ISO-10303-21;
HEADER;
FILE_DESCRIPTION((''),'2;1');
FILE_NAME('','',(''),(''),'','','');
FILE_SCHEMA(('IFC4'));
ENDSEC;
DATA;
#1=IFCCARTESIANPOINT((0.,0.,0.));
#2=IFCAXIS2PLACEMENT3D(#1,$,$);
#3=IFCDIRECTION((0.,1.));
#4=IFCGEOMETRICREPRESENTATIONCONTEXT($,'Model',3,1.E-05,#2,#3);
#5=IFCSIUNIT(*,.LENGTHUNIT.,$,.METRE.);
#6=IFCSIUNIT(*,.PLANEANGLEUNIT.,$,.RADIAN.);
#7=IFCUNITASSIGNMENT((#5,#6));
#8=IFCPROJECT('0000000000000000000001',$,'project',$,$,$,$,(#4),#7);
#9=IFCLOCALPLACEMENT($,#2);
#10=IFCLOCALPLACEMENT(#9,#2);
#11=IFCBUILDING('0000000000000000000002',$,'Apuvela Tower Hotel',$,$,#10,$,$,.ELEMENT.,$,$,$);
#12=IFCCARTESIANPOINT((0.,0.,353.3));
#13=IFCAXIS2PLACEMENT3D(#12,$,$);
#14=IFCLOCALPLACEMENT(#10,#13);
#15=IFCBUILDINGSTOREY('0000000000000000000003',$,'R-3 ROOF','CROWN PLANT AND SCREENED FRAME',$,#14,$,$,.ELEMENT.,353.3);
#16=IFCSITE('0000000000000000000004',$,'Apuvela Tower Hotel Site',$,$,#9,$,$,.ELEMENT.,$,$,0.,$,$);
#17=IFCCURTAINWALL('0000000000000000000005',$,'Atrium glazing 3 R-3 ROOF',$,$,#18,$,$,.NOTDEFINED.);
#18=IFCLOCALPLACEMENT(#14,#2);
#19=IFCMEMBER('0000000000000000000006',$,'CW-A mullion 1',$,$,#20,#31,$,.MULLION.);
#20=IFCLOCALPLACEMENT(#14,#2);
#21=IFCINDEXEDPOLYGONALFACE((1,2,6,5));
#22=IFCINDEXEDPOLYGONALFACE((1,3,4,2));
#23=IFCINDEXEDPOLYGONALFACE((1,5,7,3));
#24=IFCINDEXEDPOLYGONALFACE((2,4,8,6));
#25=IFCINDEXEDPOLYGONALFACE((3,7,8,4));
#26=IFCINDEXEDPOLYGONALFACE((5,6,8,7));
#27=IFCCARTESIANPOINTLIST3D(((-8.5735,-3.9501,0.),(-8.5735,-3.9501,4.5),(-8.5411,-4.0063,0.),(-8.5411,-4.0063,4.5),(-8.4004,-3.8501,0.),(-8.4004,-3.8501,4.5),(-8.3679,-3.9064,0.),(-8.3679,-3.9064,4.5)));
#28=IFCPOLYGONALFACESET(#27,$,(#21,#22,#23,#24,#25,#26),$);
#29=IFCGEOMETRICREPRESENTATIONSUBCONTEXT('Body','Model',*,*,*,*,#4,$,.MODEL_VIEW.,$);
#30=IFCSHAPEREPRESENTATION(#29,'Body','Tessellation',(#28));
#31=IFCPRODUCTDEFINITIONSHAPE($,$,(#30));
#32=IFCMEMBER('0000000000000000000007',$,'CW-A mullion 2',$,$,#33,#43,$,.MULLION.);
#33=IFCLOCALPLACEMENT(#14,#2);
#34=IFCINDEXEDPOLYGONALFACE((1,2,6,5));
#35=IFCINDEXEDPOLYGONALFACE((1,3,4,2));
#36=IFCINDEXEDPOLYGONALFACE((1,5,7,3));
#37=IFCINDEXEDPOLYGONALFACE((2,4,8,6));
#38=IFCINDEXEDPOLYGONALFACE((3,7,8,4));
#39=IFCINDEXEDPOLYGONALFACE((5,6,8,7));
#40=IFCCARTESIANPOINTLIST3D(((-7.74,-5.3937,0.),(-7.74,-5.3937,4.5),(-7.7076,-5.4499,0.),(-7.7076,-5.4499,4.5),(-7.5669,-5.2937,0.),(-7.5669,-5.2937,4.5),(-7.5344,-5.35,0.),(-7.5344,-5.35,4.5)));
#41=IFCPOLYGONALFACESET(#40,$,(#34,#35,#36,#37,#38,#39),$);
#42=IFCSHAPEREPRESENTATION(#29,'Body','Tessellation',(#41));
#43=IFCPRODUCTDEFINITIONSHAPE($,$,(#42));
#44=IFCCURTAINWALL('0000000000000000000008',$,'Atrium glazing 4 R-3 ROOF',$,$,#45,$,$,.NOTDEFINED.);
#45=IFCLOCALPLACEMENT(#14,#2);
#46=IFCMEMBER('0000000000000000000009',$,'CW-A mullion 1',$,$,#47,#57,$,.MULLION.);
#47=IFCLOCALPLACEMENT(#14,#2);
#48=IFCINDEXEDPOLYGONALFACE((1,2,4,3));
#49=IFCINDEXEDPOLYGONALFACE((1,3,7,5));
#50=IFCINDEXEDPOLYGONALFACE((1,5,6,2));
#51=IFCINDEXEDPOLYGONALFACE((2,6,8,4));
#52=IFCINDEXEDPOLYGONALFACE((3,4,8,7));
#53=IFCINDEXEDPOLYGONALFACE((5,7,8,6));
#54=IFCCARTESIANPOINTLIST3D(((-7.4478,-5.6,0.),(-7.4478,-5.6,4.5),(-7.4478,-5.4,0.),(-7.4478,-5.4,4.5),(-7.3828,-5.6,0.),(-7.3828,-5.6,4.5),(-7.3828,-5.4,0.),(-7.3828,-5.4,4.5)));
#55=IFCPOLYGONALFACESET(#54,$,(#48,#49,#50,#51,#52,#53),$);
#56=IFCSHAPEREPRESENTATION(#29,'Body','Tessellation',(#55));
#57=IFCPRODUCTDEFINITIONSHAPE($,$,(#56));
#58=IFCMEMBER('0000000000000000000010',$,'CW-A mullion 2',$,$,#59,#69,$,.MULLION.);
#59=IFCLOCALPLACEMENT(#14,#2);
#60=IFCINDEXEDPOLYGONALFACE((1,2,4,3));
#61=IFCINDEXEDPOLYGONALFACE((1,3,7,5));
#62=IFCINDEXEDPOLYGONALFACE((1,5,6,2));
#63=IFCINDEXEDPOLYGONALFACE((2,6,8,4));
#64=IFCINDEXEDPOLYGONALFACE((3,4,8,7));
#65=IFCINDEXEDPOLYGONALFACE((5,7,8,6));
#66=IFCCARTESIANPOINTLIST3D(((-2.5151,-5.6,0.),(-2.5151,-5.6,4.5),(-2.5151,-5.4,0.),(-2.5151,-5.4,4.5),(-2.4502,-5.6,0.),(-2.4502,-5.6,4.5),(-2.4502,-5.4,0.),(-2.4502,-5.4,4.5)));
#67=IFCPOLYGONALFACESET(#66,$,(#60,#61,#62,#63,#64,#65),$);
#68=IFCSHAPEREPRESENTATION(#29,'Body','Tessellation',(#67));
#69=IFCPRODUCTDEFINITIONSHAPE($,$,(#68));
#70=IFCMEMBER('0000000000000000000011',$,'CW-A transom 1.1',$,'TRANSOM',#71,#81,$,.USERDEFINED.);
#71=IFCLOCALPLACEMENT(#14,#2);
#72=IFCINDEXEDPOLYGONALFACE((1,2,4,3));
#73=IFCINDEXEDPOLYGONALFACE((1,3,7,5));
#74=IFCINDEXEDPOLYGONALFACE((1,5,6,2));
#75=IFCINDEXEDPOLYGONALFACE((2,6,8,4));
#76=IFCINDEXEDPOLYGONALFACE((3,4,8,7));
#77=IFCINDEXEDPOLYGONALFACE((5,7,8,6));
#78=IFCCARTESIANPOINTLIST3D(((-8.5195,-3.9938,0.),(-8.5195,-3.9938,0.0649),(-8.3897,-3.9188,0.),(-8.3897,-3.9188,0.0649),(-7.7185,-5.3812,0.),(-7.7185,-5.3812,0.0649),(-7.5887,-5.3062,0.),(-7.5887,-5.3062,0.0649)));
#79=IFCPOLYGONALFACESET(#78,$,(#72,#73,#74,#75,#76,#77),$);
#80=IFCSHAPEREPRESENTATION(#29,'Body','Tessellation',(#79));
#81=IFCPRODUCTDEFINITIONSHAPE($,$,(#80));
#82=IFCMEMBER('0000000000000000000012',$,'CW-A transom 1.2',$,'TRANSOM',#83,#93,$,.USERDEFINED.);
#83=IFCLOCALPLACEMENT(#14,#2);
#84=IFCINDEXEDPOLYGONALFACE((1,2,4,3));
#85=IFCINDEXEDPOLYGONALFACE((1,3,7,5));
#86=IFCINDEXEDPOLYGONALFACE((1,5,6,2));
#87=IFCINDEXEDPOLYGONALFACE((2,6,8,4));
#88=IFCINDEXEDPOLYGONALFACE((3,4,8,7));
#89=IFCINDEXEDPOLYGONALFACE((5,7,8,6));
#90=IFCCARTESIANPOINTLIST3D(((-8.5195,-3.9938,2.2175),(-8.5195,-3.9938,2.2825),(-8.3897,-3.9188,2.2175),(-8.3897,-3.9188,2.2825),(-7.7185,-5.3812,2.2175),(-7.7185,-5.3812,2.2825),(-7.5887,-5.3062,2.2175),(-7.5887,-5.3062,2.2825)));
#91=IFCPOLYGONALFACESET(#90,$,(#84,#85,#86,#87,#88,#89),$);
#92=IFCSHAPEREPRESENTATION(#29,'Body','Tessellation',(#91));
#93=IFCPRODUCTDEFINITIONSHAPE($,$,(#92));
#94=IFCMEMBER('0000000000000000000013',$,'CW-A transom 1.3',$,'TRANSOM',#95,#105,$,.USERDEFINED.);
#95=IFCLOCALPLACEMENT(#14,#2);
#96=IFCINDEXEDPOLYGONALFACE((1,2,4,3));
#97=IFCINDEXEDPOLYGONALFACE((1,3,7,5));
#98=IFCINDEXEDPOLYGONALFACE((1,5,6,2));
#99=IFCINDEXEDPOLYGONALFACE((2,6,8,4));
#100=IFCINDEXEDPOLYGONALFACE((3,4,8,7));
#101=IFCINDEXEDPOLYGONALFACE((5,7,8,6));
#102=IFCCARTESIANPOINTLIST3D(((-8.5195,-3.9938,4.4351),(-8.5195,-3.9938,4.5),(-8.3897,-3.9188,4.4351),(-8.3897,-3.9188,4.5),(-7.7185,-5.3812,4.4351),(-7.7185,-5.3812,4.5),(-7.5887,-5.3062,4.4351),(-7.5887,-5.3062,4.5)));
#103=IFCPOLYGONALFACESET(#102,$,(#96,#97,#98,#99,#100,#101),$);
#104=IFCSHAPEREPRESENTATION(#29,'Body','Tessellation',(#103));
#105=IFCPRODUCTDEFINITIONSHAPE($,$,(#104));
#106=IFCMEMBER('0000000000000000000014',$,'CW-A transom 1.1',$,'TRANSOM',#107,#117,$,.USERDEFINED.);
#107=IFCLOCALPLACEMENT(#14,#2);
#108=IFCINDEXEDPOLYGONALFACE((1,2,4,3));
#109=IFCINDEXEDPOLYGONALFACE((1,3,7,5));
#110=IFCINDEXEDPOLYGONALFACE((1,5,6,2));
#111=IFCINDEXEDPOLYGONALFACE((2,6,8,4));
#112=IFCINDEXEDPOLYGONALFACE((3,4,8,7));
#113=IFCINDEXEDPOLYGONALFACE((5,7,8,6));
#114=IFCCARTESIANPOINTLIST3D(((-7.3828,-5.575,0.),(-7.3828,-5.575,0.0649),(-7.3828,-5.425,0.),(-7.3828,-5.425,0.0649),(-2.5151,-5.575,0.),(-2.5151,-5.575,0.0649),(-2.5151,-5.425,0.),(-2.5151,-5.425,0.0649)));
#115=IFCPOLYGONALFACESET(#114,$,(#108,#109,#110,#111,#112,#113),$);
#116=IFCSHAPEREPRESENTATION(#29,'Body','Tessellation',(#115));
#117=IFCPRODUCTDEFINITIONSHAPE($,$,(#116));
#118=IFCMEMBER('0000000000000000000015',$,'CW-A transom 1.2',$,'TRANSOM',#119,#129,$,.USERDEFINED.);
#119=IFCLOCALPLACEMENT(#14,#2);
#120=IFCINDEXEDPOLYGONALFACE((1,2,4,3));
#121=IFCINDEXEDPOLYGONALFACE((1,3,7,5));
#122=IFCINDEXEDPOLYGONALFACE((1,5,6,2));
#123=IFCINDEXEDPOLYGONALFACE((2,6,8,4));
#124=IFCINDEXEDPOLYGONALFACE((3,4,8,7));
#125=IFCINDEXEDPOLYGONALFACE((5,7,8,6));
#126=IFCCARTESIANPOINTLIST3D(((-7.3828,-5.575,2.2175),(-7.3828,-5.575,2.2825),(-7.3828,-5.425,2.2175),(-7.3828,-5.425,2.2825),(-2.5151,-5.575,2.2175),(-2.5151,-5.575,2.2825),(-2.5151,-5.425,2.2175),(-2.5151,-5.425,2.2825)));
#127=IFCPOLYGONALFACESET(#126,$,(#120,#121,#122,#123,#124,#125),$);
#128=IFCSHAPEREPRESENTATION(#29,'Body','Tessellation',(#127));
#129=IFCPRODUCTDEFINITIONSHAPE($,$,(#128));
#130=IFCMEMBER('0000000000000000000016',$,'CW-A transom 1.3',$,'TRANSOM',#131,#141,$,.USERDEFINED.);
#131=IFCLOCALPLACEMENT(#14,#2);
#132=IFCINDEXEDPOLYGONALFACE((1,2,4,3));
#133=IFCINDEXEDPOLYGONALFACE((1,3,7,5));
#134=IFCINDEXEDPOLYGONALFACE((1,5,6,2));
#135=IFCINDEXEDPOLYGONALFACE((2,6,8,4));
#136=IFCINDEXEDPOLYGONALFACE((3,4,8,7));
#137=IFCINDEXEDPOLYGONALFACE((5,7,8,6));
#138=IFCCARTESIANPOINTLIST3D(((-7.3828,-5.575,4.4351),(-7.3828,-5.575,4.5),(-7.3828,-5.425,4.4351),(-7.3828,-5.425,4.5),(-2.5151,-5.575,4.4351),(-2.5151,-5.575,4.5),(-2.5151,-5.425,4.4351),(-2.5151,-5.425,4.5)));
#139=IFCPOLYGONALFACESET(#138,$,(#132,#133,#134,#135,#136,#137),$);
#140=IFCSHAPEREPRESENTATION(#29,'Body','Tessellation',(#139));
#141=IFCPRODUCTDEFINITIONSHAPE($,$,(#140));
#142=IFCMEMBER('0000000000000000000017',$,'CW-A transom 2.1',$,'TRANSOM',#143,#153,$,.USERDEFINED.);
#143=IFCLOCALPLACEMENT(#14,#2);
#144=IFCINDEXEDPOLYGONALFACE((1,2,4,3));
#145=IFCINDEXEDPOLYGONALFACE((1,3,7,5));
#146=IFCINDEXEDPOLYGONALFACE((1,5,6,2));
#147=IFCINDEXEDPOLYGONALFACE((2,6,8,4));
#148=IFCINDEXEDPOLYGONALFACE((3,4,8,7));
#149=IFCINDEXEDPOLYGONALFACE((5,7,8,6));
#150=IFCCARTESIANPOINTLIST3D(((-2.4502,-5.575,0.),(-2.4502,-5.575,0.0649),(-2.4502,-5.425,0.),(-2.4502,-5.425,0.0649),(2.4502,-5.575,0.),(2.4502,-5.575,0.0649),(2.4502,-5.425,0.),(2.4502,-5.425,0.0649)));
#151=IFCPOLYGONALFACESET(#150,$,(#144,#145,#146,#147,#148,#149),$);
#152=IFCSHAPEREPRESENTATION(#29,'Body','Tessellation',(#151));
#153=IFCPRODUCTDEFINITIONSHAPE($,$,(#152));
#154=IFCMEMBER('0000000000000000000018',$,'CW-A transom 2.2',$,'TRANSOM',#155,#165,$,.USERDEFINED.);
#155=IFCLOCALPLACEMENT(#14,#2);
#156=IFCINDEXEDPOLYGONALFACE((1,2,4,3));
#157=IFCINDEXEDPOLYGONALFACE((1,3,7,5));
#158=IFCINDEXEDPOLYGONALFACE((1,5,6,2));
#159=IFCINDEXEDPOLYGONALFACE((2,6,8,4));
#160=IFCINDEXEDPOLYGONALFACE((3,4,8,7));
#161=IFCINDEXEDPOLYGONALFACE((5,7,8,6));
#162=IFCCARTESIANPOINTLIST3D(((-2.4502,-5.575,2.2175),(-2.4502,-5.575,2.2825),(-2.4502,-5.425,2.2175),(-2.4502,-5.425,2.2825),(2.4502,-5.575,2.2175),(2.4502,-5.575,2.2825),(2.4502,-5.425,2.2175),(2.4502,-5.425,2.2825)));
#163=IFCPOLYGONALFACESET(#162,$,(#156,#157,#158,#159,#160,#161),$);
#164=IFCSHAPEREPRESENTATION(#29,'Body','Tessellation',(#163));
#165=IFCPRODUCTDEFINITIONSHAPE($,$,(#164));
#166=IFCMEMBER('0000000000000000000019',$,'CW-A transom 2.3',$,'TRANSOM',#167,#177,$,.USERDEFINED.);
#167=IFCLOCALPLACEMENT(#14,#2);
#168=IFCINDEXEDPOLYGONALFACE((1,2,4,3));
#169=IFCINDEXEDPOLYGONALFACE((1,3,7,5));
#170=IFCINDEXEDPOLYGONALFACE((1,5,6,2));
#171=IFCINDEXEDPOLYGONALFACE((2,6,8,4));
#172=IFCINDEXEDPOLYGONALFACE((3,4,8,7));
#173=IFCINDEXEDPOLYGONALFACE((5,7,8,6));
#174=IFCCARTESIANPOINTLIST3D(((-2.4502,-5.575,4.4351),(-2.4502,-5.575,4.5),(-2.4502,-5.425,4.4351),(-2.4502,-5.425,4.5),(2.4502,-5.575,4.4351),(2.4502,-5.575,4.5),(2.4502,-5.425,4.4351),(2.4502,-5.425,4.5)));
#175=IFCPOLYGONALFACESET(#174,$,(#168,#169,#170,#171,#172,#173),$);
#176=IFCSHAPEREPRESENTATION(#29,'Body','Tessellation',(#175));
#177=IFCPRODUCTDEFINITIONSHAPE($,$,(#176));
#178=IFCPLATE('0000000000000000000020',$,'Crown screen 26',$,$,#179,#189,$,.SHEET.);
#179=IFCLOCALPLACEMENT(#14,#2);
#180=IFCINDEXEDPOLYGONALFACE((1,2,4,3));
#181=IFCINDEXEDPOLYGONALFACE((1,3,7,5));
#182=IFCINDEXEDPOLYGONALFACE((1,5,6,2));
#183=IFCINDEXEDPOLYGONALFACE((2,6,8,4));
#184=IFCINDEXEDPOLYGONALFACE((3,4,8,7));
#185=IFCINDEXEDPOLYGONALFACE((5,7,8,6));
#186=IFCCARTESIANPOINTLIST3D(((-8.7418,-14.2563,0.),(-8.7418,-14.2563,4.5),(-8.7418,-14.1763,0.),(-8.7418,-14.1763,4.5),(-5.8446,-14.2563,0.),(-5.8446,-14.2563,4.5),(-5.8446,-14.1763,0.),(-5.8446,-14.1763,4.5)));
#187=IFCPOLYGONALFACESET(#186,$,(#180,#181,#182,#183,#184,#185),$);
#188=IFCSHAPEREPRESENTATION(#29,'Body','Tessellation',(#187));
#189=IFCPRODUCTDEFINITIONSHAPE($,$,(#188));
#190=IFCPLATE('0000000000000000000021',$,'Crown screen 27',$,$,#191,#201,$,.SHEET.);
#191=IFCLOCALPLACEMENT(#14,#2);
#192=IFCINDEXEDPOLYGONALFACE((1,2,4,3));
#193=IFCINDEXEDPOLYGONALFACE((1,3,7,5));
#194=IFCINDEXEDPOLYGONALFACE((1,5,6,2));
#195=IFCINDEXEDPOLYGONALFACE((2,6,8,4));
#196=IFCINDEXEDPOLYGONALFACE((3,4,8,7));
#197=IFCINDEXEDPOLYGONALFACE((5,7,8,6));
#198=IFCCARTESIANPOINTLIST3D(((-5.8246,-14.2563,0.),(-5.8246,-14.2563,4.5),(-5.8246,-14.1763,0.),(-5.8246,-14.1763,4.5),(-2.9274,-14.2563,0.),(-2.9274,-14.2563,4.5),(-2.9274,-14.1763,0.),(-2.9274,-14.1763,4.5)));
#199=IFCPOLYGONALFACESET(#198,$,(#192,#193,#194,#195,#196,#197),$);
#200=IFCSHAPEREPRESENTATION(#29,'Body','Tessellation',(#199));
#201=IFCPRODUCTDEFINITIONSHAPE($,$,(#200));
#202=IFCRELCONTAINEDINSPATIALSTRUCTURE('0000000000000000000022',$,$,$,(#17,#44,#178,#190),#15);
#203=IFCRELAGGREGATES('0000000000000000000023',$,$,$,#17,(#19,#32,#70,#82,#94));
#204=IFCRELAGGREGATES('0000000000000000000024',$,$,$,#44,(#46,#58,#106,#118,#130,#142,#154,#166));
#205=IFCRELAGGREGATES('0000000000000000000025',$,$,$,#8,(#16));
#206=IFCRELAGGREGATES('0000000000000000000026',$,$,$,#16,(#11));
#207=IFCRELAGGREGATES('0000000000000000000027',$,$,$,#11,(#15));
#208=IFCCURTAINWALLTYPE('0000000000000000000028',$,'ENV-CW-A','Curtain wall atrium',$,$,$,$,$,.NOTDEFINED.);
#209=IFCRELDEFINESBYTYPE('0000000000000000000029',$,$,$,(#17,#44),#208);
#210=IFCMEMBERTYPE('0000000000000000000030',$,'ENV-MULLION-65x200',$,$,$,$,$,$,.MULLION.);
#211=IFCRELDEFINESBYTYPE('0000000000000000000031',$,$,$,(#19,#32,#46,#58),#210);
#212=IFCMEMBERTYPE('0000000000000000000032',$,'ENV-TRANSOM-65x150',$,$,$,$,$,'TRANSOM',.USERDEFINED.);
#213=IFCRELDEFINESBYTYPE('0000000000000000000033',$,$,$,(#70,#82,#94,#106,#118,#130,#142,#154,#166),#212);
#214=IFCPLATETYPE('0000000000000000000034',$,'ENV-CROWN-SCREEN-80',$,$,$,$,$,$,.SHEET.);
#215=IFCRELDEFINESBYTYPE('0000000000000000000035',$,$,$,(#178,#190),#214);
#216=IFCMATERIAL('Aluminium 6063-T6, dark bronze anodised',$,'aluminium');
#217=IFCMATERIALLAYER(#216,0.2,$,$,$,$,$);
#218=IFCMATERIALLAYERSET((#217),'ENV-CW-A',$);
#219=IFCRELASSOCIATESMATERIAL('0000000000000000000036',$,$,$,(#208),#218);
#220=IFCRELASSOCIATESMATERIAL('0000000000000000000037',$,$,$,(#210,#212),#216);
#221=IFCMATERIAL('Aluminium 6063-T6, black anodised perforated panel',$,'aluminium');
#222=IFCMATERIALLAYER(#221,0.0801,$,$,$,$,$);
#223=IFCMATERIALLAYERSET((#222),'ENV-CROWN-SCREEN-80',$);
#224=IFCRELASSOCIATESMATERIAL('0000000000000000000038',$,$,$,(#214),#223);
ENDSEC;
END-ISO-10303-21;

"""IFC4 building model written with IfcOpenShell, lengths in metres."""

from ifc_helpers import new_model, si_unit, direction, frame, origin, origin_2d, place, context, subcontext, project, spatial, rectangle, extrude, material, layer, layer_set, material_profile, profile_set, type_object, element, aggregate, save


model = new_model("IFC4")

# Units and contexts
model_context = context("Model", 3, precision=1e-05, world=origin(), true_north=direction((0.0, 1.0)))
body_context = subcontext(model_context, "Body", "Model", "MODEL_VIEW")
ifc_project = project(units=[si_unit("LENGTHUNIT", "METRE"), si_unit("PLANEANGLEUNIT", "RADIAN")], contexts=[model_context])

# Site, building, storey
site_placement = place(None, origin())
site = spatial("IfcSite", under=ifc_project, at=site_placement, Name="Apuvela Tower Hotel Site", CompositionType="ELEMENT", RefElevation=0.0)
building_placement = place(site_placement, origin())
building = spatial("IfcBuilding", under=site, at=building_placement, Name="Apuvela Tower Hotel", CompositionType="ELEMENT")
storey_placement = place(building_placement, frame((0.0, 0.0, 353.3)))
storey = spatial("IfcBuildingStorey", under=building, at=storey_placement, Name="R-3 ROOF", Description="CROWN PLANT AND SCREENED FRAME", CompositionType="ELEMENT", Elevation=353.3)

# Shared definitions
ifc_material_1 = material(Name="Aluminium 6063-T6, dark bronze anodised", Category="aluminium")
ifc_layer_1 = layer(ifc_material_1, 0.2)
ifc_layer_set_1 = layer_set([ifc_layer_1], Name="ENV-CW-A")
curtain_wall_type = type_object("IfcCurtainWallType", Name="ENV-CW-A", Description="Curtain wall atrium", PredefinedType="NOTDEFINED", material=ifc_layer_set_1)
ifc_material_profile_1 = material_profile(ifc_material_1, rectangle(XDim=0.2, YDim=0.0649, at=origin_2d()), Name="AL 65x200")
ifc_profile_set_1 = profile_set([ifc_material_profile_1], Name="Aluminium 6063-T6, dark bronze anodised")
member_type_1 = type_object("IfcMemberType", Name="ENV-MULLION-65x200", PredefinedType="MULLION", material=ifc_profile_set_1)

# Curtain walls, members
curtain_wall_1_placement = place(storey_placement, origin())
curtain_wall_1 = element("IfcCurtainWall", 1, at=curtain_wall_1_placement, inside=storey, type_object=curtain_wall_type, Name="Atrium glazing 3 R-3 ROOF", PredefinedType="NOTDEFINED")
member_1_placement = place(storey_placement, frame((-8.4707, -3.9282, 0.0), z_axis=(0.0, 0.0, 1.0), x_axis=(0.866032, 0.499989, 0.0)))
member_1 = element("IfcMember", 2, at=member_1_placement, type_object=member_type_1, Name="CW-A mullion 1", PredefinedType="MULLION", context=body_context, shape_type="SweptSolid", body=[
    extrude(rectangle(XDim=0.2, YDim=0.0649, at=origin_2d()), origin(), (0.0, 0.0, 1.0), 4.5),
])
member_2_placement = place(storey_placement, frame((-7.6372, -5.3718, 0.0), z_axis=(0.0, 0.0, 1.0), x_axis=(0.866032, 0.499989, 0.0)))
member_2 = element("IfcMember", 3, at=member_2_placement, type_object=member_type_1, Name="CW-A mullion 2", PredefinedType="MULLION", context=body_context, shape_type="SweptSolid", body=[
    extrude(rectangle(XDim=0.2, YDim=0.0649, at=origin_2d()), origin(), (0.0, 0.0, 1.0), 4.5),
])
curtain_wall_2_placement = place(storey_placement, origin())
curtain_wall_2 = element("IfcCurtainWall", 4, at=curtain_wall_2_placement, inside=storey, type_object=curtain_wall_type, Name="Atrium glazing 4 R-3 ROOF", PredefinedType="NOTDEFINED")
member_3_placement = place(storey_placement, frame((-7.4153, -5.5, 0.0), z_axis=(0.0, 0.0, 1.0), x_axis=(0.0, 1.0, 0.0)))
member_3 = element("IfcMember", 5, at=member_3_placement, type_object=member_type_1, Name="CW-A mullion 1", PredefinedType="MULLION", context=body_context, shape_type="SweptSolid", body=[
    extrude(rectangle(XDim=0.2, YDim=0.0649, at=origin_2d()), origin(), (0.0, 0.0, 1.0), 4.5),
])
member_4_placement = place(storey_placement, frame((-2.4827, -5.5, 0.0), z_axis=(0.0, 0.0, 1.0), x_axis=(0.0, 1.0, 0.0)))
member_4 = element("IfcMember", 6, at=member_4_placement, type_object=member_type_1, Name="CW-A mullion 2", PredefinedType="MULLION", context=body_context, shape_type="SweptSolid", body=[
    extrude(rectangle(XDim=0.2, YDim=0.0649, at=origin_2d()), origin(), (0.0, 0.0, 1.0), 4.5),
])

# Members
ifc_material_profile_2 = material_profile(ifc_material_1, rectangle(XDim=0.1499, YDim=0.0649, at=origin_2d()), Name="AL 65x150 transom")
ifc_profile_set_2 = profile_set([ifc_material_profile_2], Name="Aluminium 6063-T6, dark bronze anodised")
member_type_2 = type_object("IfcMemberType", Name="ENV-TRANSOM-65x150", ElementType="TRANSOM", PredefinedType="USERDEFINED", material=ifc_profile_set_2)
member_5_placement = place(storey_placement, frame((-8.4546, -3.9563, 0.0325), z_axis=(0.499991, -0.866031, 0.0), x_axis=(0.866031, 0.499991, 0.0)))
member_5 = element("IfcMember", 7, at=member_5_placement, type_object=member_type_2, Name="CW-A transom 1.1", ObjectType="TRANSOM", PredefinedType="USERDEFINED", context=body_context, shape_type="SweptSolid", body=[
    extrude(rectangle(XDim=0.1499, YDim=0.0649, at=origin_2d()), origin(), (0.0, 0.0, 1.0), 1.6021),
])
member_6_placement = place(storey_placement, frame((-8.4546, -3.9563, 2.25), z_axis=(0.499991, -0.866031, 0.0), x_axis=(0.866031, 0.499991, 0.0)))
member_6 = element("IfcMember", 8, at=member_6_placement, type_object=member_type_2, Name="CW-A transom 1.2", ObjectType="TRANSOM", PredefinedType="USERDEFINED", context=body_context, shape_type="SweptSolid", body=[
    extrude(rectangle(XDim=0.1499, YDim=0.0649, at=origin_2d()), origin(), (0.0, 0.0, 1.0), 1.6021),
])
member_7_placement = place(storey_placement, frame((-8.4546, -3.9563, 4.4675), z_axis=(0.499991, -0.866031, 0.0), x_axis=(0.866031, 0.499991, 0.0)))
member_7 = element("IfcMember", 9, at=member_7_placement, type_object=member_type_2, Name="CW-A transom 1.3", ObjectType="TRANSOM", PredefinedType="USERDEFINED", context=body_context, shape_type="SweptSolid", body=[
    extrude(rectangle(XDim=0.1499, YDim=0.0649, at=origin_2d()), origin(), (0.0, 0.0, 1.0), 1.6021),
])
member_8_placement = place(storey_placement, frame((-7.3828, -5.5, 0.0325), z_axis=(1.0, 0.0, 0.0), x_axis=(0.0, 1.0, 0.0)))
member_8 = element("IfcMember", 10, at=member_8_placement, type_object=member_type_2, Name="CW-A transom 1.1", ObjectType="TRANSOM", PredefinedType="USERDEFINED", context=body_context, shape_type="SweptSolid", body=[
    extrude(rectangle(XDim=0.1499, YDim=0.0649, at=origin_2d()), origin(), (0.0, 0.0, 1.0), 4.8677),
])
member_9_placement = place(storey_placement, frame((-7.3828, -5.5, 2.25), z_axis=(1.0, 0.0, 0.0), x_axis=(0.0, 1.0, 0.0)))
member_9 = element("IfcMember", 11, at=member_9_placement, type_object=member_type_2, Name="CW-A transom 1.2", ObjectType="TRANSOM", PredefinedType="USERDEFINED", context=body_context, shape_type="SweptSolid", body=[
    extrude(rectangle(XDim=0.1499, YDim=0.0649, at=origin_2d()), origin(), (0.0, 0.0, 1.0), 4.8677),
])
member_10_placement = place(storey_placement, frame((-7.3828, -5.5, 4.4675), z_axis=(1.0, 0.0, 0.0), x_axis=(0.0, 1.0, 0.0)))
member_10 = element("IfcMember", 12, at=member_10_placement, type_object=member_type_2, Name="CW-A transom 1.3", ObjectType="TRANSOM", PredefinedType="USERDEFINED", context=body_context, shape_type="SweptSolid", body=[
    extrude(rectangle(XDim=0.1499, YDim=0.0649, at=origin_2d()), origin(), (0.0, 0.0, 1.0), 4.8677),
])
member_11_placement = place(storey_placement, frame((-2.4502, -5.5, 0.0325), z_axis=(1.0, 0.0, 0.0), x_axis=(0.0, 1.0, 0.0)))
member_11 = element("IfcMember", 13, at=member_11_placement, type_object=member_type_2, Name="CW-A transom 2.1", ObjectType="TRANSOM", PredefinedType="USERDEFINED", context=body_context, shape_type="SweptSolid", body=[
    extrude(rectangle(XDim=0.1499, YDim=0.0649, at=origin_2d()), origin(), (0.0, 0.0, 1.0), 4.9004),
])
member_12_placement = place(storey_placement, frame((-2.4502, -5.5, 2.25), z_axis=(1.0, 0.0, 0.0), x_axis=(0.0, 1.0, 0.0)))
member_12 = element("IfcMember", 14, at=member_12_placement, type_object=member_type_2, Name="CW-A transom 2.2", ObjectType="TRANSOM", PredefinedType="USERDEFINED", context=body_context, shape_type="SweptSolid", body=[
    extrude(rectangle(XDim=0.1499, YDim=0.0649, at=origin_2d()), origin(), (0.0, 0.0, 1.0), 4.9004),
])
member_13_placement = place(storey_placement, frame((-2.4502, -5.5, 4.4675), z_axis=(1.0, 0.0, 0.0), x_axis=(0.0, 1.0, 0.0)))
member_13 = element("IfcMember", 15, at=member_13_placement, type_object=member_type_2, Name="CW-A transom 2.3", ObjectType="TRANSOM", PredefinedType="USERDEFINED", context=body_context, shape_type="SweptSolid", body=[
    extrude(rectangle(XDim=0.1499, YDim=0.0649, at=origin_2d()), origin(), (0.0, 0.0, 1.0), 4.9004),
])

# Plates
ifc_material_2 = material(Name="Aluminium 6063-T6, black anodised perforated panel", Category="aluminium")
ifc_layer_2 = layer(ifc_material_2, 0.0801)
ifc_layer_set_2 = layer_set([ifc_layer_2], Name="ENV-CROWN-SCREEN-80")
plate_type_1 = type_object("IfcPlateType", Name="ENV-CROWN-SCREEN-80", PredefinedType="SHEET", material=ifc_layer_set_2)
for number, where, z_axis, x_axis, name in (
    (16, (-7.2932, -14.2163, 0.0), (0.0, 0.0, 1.0), (1.0, 0.0, 0.0), "Crown screen 26"),
    (17, (-4.376, -14.2163, 0.0), (0.0, 0.0, 1.0), (1.0, 0.0, 0.0), "Crown screen 27"),
):
    element("IfcPlate", number, at=place(storey_placement, frame(where, z_axis=z_axis, x_axis=x_axis)), inside=storey, type_object=plate_type_1, Name=name, PredefinedType="SHEET", context=body_context, shape_type="SweptSolid", body=[
        extrude(rectangle(XDim=2.8972, YDim=0.0801, at=origin_2d()), origin(), (0.0, 0.0, 1.0), 4.5),
    ])

aggregate(curtain_wall_1, [member_1, member_2, member_5, member_6, member_7])
aggregate(curtain_wall_2, [member_3, member_4, member_8, member_9, member_10, member_11, member_12, member_13])

save(model, "model.ifc")
